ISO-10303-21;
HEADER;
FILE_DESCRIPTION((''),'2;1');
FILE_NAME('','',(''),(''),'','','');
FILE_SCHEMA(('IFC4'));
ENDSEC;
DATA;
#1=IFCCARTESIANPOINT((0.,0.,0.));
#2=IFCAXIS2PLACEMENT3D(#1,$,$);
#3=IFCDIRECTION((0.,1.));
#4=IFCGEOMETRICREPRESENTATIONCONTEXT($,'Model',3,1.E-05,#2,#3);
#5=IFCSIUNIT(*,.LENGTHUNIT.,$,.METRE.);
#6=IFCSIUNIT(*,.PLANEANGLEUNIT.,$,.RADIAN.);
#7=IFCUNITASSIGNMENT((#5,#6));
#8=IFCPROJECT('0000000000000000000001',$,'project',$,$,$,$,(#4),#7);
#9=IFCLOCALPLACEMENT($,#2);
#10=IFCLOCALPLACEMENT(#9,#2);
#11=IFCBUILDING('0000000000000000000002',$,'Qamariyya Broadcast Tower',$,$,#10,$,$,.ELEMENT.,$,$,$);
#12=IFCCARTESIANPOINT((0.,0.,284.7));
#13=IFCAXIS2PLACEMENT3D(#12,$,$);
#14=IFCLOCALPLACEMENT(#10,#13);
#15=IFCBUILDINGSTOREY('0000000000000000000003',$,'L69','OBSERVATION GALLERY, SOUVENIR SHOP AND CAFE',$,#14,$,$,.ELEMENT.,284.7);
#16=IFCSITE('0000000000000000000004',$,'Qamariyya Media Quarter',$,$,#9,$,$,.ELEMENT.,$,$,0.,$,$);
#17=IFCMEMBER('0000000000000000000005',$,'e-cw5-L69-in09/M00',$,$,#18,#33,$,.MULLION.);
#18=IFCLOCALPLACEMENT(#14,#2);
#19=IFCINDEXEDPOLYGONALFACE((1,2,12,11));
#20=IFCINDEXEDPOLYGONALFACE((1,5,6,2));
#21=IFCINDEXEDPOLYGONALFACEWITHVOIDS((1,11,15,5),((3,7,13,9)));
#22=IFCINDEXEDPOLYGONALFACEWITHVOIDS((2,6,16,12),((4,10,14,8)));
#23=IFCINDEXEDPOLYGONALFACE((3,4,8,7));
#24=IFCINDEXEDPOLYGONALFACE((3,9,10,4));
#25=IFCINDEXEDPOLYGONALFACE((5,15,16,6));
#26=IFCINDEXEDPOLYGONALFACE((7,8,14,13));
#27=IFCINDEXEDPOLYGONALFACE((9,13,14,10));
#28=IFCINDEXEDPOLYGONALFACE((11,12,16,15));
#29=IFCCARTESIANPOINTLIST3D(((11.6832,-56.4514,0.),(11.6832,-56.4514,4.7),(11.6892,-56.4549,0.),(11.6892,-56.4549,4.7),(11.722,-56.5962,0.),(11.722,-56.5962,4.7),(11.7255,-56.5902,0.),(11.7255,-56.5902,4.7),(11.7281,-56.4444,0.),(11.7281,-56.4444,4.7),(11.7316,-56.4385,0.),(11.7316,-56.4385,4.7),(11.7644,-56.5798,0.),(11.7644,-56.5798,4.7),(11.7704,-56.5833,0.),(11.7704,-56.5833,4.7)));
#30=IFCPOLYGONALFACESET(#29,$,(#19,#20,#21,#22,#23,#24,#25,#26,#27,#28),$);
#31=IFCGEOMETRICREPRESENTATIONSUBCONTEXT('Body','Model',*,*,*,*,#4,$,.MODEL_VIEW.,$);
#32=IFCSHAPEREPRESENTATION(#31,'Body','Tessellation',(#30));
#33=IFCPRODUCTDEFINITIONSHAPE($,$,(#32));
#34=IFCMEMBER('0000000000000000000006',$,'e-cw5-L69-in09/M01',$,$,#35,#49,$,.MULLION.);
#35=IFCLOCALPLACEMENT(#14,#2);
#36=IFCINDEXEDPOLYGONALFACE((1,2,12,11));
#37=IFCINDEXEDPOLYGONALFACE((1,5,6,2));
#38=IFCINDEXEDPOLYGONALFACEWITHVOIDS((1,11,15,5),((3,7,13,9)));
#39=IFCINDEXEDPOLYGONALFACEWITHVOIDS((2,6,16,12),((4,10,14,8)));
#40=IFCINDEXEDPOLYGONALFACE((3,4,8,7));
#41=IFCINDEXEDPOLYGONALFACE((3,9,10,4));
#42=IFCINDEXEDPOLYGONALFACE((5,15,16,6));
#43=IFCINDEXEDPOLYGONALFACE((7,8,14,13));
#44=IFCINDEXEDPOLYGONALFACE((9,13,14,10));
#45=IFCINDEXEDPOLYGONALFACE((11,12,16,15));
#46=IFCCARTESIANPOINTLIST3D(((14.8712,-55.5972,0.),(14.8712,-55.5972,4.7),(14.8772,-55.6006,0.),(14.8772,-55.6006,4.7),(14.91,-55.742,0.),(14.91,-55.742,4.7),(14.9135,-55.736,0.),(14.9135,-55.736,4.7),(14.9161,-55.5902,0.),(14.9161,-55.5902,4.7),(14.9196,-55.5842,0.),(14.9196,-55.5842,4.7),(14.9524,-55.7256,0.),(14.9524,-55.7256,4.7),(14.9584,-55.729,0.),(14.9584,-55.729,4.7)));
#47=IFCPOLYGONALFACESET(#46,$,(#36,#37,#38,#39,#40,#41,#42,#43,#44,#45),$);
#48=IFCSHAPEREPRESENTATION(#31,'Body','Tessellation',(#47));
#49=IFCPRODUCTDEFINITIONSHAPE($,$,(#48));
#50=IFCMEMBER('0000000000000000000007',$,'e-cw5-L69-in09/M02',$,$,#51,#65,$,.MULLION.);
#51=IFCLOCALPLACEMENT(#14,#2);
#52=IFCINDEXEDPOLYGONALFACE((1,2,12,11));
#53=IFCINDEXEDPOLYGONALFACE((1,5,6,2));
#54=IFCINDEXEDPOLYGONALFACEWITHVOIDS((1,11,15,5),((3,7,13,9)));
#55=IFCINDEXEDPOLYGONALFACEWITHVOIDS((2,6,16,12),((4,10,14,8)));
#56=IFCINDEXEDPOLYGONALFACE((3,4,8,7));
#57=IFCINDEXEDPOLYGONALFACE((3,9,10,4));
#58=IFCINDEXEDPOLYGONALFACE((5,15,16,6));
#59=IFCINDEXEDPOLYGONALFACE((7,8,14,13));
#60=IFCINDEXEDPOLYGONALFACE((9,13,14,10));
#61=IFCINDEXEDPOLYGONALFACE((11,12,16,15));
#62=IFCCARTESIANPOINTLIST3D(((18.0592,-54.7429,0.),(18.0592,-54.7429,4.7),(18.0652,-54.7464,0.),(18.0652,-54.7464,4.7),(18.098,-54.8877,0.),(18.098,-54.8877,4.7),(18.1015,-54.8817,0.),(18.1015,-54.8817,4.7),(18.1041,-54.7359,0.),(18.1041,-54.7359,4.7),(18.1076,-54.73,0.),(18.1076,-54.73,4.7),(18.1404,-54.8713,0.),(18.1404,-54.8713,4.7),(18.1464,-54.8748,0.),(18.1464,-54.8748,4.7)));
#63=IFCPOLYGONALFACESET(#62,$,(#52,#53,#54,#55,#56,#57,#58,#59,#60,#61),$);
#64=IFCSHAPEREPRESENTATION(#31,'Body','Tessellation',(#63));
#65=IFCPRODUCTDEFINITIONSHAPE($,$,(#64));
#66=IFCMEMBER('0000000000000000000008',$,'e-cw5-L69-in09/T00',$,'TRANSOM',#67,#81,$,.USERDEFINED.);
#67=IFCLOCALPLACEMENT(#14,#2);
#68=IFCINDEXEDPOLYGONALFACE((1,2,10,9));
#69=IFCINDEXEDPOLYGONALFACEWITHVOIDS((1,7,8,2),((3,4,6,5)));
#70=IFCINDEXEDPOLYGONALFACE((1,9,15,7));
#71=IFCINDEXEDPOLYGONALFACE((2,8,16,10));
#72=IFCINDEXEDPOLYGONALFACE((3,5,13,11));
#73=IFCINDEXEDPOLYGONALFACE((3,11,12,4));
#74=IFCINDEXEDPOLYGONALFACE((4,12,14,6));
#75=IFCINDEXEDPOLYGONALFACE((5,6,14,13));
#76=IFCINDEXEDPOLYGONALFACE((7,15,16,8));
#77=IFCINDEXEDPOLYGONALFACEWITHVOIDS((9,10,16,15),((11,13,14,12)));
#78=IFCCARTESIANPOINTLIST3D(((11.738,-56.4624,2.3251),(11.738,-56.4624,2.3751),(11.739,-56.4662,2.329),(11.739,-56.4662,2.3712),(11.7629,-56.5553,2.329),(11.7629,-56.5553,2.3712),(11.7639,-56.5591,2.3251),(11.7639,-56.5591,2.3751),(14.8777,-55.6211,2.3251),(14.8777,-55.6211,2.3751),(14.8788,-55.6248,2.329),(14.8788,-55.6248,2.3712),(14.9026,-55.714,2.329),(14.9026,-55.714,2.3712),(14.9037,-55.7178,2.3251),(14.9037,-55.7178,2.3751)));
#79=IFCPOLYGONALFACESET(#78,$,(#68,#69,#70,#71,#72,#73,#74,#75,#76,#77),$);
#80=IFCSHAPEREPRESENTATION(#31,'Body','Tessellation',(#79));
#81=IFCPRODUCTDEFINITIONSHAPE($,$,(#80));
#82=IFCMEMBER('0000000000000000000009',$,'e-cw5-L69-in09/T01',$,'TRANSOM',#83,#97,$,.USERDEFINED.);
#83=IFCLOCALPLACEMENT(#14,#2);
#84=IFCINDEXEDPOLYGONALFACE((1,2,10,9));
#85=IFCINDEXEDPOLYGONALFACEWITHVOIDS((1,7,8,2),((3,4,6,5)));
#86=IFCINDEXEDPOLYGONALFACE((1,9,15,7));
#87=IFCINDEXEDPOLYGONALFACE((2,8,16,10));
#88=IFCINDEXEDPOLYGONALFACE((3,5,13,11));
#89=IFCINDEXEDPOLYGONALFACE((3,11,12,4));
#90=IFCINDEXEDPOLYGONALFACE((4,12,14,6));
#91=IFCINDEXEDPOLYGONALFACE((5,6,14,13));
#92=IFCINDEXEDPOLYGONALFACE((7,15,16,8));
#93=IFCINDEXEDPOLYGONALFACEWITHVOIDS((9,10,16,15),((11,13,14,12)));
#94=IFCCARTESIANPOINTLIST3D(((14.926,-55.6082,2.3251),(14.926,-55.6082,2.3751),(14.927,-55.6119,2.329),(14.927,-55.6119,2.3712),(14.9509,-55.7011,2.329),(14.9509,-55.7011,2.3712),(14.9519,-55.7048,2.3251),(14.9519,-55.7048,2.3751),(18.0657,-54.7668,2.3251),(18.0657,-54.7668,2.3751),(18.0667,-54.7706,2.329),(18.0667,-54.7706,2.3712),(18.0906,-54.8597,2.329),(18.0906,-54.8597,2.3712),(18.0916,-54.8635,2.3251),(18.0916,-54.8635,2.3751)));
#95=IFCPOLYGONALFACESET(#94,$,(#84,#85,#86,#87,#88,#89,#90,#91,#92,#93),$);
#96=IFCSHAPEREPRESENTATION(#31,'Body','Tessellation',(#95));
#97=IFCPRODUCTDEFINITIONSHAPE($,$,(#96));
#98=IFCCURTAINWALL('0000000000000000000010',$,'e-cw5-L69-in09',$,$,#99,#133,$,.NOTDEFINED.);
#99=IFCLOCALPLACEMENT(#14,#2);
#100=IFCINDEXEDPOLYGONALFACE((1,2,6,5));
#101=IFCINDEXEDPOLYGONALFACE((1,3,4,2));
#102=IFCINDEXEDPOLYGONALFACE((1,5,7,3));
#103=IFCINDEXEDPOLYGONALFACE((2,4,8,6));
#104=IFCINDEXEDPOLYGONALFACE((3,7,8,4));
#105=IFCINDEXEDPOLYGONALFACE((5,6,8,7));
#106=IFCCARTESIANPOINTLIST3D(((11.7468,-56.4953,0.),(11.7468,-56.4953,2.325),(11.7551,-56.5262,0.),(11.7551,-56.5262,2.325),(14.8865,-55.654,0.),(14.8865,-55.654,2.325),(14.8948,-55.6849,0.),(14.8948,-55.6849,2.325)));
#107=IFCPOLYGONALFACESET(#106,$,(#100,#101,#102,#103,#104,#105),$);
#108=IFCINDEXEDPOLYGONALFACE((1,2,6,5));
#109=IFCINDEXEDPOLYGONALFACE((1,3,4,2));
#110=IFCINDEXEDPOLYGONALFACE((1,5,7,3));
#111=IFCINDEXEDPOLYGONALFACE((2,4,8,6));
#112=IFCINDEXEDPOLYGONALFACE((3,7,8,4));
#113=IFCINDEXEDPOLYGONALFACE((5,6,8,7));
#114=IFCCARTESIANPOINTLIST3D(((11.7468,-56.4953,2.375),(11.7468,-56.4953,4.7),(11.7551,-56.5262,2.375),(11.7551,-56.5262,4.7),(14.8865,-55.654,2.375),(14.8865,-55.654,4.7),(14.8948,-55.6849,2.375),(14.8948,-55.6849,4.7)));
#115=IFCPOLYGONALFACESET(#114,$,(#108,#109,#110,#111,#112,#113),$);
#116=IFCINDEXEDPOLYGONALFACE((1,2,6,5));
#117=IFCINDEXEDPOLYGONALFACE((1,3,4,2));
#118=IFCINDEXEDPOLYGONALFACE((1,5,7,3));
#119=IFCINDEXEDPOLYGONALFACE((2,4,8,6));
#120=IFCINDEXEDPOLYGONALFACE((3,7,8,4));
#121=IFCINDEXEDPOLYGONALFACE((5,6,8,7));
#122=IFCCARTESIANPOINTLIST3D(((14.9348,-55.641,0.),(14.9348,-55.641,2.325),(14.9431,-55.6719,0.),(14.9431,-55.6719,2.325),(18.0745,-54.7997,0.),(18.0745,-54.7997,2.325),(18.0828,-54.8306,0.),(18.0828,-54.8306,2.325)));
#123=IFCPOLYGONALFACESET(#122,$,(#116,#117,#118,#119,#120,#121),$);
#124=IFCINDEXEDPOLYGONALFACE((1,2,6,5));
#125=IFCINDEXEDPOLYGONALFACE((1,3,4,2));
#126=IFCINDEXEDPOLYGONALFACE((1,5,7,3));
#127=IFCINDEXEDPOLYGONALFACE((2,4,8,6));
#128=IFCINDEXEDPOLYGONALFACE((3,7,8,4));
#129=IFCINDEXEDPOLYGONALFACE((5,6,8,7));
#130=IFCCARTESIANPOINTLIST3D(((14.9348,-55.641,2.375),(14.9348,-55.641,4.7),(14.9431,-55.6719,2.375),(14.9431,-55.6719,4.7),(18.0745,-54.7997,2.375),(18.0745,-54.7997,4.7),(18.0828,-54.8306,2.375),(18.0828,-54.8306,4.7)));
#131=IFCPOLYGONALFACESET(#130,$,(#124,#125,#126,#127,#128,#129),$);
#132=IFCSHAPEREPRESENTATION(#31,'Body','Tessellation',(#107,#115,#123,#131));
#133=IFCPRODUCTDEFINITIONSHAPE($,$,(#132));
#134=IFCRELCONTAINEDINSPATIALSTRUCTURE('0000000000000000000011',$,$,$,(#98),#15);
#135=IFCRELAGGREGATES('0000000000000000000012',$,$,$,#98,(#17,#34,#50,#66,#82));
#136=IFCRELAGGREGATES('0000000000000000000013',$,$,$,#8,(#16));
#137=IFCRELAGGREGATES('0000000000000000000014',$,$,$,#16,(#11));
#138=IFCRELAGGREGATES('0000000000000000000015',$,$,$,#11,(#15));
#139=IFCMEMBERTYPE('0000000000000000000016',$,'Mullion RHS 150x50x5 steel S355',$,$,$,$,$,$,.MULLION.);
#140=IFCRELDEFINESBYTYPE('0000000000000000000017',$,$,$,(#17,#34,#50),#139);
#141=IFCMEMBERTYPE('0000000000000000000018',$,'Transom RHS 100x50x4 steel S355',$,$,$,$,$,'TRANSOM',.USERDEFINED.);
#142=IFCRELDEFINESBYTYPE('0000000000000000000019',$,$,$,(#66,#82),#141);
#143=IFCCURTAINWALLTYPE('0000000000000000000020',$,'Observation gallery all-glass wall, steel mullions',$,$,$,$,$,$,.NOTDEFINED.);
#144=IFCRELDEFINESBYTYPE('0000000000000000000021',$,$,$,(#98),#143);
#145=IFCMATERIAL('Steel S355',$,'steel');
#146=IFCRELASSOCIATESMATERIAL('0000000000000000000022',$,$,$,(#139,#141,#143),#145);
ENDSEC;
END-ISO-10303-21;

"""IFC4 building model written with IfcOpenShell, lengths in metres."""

from ifc_helpers import new_model, si_unit, direction, frame, origin, origin_2d, place, context, subcontext, project, spatial, rectangle, hollow_rectangle, extrude, material, material_profile, profile_set, type_object, element, aggregate, save


model = new_model("IFC4")

# Units and contexts
model_context = context("Model", 3, precision=1e-05, world=origin(), true_north=direction((0.0, 1.0)))
body_context = subcontext(model_context, "Body", "Model", "MODEL_VIEW")
ifc_project = project(units=[si_unit("LENGTHUNIT", "METRE"), si_unit("PLANEANGLEUNIT", "RADIAN")], contexts=[model_context])

# Members
ifc_material = material(Name="Steel S355", Category="steel")
ifc_material_profile_1 = material_profile(ifc_material, hollow_rectangle(XDim=0.1499, YDim=0.05, WallThickness=0.0049, at=origin_2d()))
ifc_profile_set_1 = profile_set([ifc_material_profile_1], Name="Steel S355")
member_type_1 = type_object("IfcMemberType", Name="Mullion RHS 150x50x5 steel S355", PredefinedType="MULLION", material=ifc_profile_set_1)
site_placement = place(None, origin())
building_placement = place(site_placement, origin())
storey_placement = place(building_placement, frame((0.0, 0.0, 284.7)))
member_1_placement = place(storey_placement, frame((11.7268, -56.5173, 0.0), z_axis=(0.0, 0.0, 1.0), x_axis=(-0.258819, 0.965926, 0.0)))
member_1 = element("IfcMember", 1, at=member_1_placement, type_object=member_type_1, Name="e-cw5-L69-in09/M00", PredefinedType="MULLION", context=body_context, shape_type="SweptSolid", body=[
    extrude(hollow_rectangle(XDim=0.1499, YDim=0.05, WallThickness=0.0049, at=origin_2d()), origin(), (0.0, 0.0, 1.0), 4.7),
])
member_2_placement = place(storey_placement, frame((14.9148, -55.6631, 0.0), z_axis=(0.0, 0.0, 1.0), x_axis=(-0.258819, 0.965926, 0.0)))
member_2 = element("IfcMember", 2, at=member_2_placement, type_object=member_type_1, Name="e-cw5-L69-in09/M01", PredefinedType="MULLION", context=body_context, shape_type="SweptSolid", body=[
    extrude(hollow_rectangle(XDim=0.1499, YDim=0.05, WallThickness=0.0049, at=origin_2d()), origin(), (0.0, 0.0, 1.0), 4.7),
])
member_3_placement = place(storey_placement, frame((18.1028, -54.8088, 0.0), z_axis=(0.0, 0.0, 1.0), x_axis=(-0.258819, 0.965926, 0.0)))
member_3 = element("IfcMember", 3, at=member_3_placement, type_object=member_type_1, Name="e-cw5-L69-in09/M02", PredefinedType="MULLION", context=body_context, shape_type="SweptSolid", body=[
    extrude(hollow_rectangle(XDim=0.1499, YDim=0.05, WallThickness=0.0049, at=origin_2d()), origin(), (0.0, 0.0, 1.0), 4.7),
])
ifc_material_profile_2 = material_profile(ifc_material, hollow_rectangle(XDim=0.1001, YDim=0.05, WallThickness=0.0039, at=origin_2d()))
ifc_profile_set_2 = profile_set([ifc_material_profile_2], Name="Steel S355")
member_type_2 = type_object("IfcMemberType", Name="Transom RHS 100x50x4 steel S355", ElementType="TRANSOM", PredefinedType="USERDEFINED", material=ifc_profile_set_2)
member_4_placement = place(storey_placement, frame((11.751, -56.5107, 2.3501), z_axis=(0.965923, 0.258831, 0.0), x_axis=(-0.258831, 0.965923, 0.0)))
member_4 = element("IfcMember", 4, at=member_4_placement, type_object=member_type_2, Name="e-cw5-L69-in09/T00", ObjectType="TRANSOM", PredefinedType="USERDEFINED", context=body_context, shape_type="SweptSolid", body=[
    extrude(hollow_rectangle(XDim=0.1001, YDim=0.05, WallThickness=0.0039, at=origin_2d()), origin(), (0.0, 0.0, 1.0), 3.2505),
])
member_5_placement = place(storey_placement, frame((14.939, -55.6565, 2.3501), z_axis=(0.965923, 0.258831, 0.0), x_axis=(-0.258831, 0.965923, 0.0)))
member_5 = element("IfcMember", 5, at=member_5_placement, type_object=member_type_2, Name="e-cw5-L69-in09/T01", ObjectType="TRANSOM", PredefinedType="USERDEFINED", context=body_context, shape_type="SweptSolid", body=[
    extrude(hollow_rectangle(XDim=0.1001, YDim=0.05, WallThickness=0.0039, at=origin_2d()), origin(), (0.0, 0.0, 1.0), 3.2505),
])

# Site, building, storey
site = spatial("IfcSite", under=ifc_project, at=site_placement, Name="Qamariyya Media Quarter", CompositionType="ELEMENT", RefElevation=0.0)
building = spatial("IfcBuilding", under=site, at=building_placement, Name="Qamariyya Broadcast Tower", CompositionType="ELEMENT")
storey = spatial("IfcBuildingStorey", under=building, at=storey_placement, Name="L69", Description="OBSERVATION GALLERY, SOUVENIR SHOP AND CAFE", CompositionType="ELEMENT", Elevation=284.7)

# Curtain wall
curtain_wall_type = type_object("IfcCurtainWallType", Name="Observation gallery all-glass wall, steel mullions", PredefinedType="NOTDEFINED", material=ifc_material)
curtain_wall_1_placement = place(storey_placement, origin())
curtain_wall_1 = element("IfcCurtainWall", 6, at=curtain_wall_1_placement, inside=storey, type_object=curtain_wall_type, Name="e-cw5-L69-in09", PredefinedType="NOTDEFINED", context=body_context, shape_type="SweptSolid", body=[
    extrude(rectangle(XDim=3.2505, YDim=0.032, at=origin_2d()), frame((13.3208, -56.0901, 0.0), x_axis=(0.965924, 0.258825, 0.0)), (0.0, 0.0, 1.0), 2.325),
    extrude(rectangle(XDim=3.2505, YDim=0.032, at=origin_2d()), frame((13.3208, -56.0901, 2.375), x_axis=(0.965924, 0.258825, 0.0)), (0.0, 0.0, 1.0), 2.325),
    extrude(rectangle(XDim=3.2505, YDim=0.032, at=origin_2d()), frame((16.5088, -55.2358, 0.0), x_axis=(0.965924, 0.258825, 0.0)), (0.0, 0.0, 1.0), 2.325),
    extrude(rectangle(XDim=3.2505, YDim=0.032, at=origin_2d()), frame((16.5088, -55.2358, 2.375), x_axis=(0.965924, 0.258825, 0.0)), (0.0, 0.0, 1.0), 2.325),
])
aggregate(curtain_wall_1, [member_1, member_2, member_3, member_4, member_5])

save(model, "model.ifc")
